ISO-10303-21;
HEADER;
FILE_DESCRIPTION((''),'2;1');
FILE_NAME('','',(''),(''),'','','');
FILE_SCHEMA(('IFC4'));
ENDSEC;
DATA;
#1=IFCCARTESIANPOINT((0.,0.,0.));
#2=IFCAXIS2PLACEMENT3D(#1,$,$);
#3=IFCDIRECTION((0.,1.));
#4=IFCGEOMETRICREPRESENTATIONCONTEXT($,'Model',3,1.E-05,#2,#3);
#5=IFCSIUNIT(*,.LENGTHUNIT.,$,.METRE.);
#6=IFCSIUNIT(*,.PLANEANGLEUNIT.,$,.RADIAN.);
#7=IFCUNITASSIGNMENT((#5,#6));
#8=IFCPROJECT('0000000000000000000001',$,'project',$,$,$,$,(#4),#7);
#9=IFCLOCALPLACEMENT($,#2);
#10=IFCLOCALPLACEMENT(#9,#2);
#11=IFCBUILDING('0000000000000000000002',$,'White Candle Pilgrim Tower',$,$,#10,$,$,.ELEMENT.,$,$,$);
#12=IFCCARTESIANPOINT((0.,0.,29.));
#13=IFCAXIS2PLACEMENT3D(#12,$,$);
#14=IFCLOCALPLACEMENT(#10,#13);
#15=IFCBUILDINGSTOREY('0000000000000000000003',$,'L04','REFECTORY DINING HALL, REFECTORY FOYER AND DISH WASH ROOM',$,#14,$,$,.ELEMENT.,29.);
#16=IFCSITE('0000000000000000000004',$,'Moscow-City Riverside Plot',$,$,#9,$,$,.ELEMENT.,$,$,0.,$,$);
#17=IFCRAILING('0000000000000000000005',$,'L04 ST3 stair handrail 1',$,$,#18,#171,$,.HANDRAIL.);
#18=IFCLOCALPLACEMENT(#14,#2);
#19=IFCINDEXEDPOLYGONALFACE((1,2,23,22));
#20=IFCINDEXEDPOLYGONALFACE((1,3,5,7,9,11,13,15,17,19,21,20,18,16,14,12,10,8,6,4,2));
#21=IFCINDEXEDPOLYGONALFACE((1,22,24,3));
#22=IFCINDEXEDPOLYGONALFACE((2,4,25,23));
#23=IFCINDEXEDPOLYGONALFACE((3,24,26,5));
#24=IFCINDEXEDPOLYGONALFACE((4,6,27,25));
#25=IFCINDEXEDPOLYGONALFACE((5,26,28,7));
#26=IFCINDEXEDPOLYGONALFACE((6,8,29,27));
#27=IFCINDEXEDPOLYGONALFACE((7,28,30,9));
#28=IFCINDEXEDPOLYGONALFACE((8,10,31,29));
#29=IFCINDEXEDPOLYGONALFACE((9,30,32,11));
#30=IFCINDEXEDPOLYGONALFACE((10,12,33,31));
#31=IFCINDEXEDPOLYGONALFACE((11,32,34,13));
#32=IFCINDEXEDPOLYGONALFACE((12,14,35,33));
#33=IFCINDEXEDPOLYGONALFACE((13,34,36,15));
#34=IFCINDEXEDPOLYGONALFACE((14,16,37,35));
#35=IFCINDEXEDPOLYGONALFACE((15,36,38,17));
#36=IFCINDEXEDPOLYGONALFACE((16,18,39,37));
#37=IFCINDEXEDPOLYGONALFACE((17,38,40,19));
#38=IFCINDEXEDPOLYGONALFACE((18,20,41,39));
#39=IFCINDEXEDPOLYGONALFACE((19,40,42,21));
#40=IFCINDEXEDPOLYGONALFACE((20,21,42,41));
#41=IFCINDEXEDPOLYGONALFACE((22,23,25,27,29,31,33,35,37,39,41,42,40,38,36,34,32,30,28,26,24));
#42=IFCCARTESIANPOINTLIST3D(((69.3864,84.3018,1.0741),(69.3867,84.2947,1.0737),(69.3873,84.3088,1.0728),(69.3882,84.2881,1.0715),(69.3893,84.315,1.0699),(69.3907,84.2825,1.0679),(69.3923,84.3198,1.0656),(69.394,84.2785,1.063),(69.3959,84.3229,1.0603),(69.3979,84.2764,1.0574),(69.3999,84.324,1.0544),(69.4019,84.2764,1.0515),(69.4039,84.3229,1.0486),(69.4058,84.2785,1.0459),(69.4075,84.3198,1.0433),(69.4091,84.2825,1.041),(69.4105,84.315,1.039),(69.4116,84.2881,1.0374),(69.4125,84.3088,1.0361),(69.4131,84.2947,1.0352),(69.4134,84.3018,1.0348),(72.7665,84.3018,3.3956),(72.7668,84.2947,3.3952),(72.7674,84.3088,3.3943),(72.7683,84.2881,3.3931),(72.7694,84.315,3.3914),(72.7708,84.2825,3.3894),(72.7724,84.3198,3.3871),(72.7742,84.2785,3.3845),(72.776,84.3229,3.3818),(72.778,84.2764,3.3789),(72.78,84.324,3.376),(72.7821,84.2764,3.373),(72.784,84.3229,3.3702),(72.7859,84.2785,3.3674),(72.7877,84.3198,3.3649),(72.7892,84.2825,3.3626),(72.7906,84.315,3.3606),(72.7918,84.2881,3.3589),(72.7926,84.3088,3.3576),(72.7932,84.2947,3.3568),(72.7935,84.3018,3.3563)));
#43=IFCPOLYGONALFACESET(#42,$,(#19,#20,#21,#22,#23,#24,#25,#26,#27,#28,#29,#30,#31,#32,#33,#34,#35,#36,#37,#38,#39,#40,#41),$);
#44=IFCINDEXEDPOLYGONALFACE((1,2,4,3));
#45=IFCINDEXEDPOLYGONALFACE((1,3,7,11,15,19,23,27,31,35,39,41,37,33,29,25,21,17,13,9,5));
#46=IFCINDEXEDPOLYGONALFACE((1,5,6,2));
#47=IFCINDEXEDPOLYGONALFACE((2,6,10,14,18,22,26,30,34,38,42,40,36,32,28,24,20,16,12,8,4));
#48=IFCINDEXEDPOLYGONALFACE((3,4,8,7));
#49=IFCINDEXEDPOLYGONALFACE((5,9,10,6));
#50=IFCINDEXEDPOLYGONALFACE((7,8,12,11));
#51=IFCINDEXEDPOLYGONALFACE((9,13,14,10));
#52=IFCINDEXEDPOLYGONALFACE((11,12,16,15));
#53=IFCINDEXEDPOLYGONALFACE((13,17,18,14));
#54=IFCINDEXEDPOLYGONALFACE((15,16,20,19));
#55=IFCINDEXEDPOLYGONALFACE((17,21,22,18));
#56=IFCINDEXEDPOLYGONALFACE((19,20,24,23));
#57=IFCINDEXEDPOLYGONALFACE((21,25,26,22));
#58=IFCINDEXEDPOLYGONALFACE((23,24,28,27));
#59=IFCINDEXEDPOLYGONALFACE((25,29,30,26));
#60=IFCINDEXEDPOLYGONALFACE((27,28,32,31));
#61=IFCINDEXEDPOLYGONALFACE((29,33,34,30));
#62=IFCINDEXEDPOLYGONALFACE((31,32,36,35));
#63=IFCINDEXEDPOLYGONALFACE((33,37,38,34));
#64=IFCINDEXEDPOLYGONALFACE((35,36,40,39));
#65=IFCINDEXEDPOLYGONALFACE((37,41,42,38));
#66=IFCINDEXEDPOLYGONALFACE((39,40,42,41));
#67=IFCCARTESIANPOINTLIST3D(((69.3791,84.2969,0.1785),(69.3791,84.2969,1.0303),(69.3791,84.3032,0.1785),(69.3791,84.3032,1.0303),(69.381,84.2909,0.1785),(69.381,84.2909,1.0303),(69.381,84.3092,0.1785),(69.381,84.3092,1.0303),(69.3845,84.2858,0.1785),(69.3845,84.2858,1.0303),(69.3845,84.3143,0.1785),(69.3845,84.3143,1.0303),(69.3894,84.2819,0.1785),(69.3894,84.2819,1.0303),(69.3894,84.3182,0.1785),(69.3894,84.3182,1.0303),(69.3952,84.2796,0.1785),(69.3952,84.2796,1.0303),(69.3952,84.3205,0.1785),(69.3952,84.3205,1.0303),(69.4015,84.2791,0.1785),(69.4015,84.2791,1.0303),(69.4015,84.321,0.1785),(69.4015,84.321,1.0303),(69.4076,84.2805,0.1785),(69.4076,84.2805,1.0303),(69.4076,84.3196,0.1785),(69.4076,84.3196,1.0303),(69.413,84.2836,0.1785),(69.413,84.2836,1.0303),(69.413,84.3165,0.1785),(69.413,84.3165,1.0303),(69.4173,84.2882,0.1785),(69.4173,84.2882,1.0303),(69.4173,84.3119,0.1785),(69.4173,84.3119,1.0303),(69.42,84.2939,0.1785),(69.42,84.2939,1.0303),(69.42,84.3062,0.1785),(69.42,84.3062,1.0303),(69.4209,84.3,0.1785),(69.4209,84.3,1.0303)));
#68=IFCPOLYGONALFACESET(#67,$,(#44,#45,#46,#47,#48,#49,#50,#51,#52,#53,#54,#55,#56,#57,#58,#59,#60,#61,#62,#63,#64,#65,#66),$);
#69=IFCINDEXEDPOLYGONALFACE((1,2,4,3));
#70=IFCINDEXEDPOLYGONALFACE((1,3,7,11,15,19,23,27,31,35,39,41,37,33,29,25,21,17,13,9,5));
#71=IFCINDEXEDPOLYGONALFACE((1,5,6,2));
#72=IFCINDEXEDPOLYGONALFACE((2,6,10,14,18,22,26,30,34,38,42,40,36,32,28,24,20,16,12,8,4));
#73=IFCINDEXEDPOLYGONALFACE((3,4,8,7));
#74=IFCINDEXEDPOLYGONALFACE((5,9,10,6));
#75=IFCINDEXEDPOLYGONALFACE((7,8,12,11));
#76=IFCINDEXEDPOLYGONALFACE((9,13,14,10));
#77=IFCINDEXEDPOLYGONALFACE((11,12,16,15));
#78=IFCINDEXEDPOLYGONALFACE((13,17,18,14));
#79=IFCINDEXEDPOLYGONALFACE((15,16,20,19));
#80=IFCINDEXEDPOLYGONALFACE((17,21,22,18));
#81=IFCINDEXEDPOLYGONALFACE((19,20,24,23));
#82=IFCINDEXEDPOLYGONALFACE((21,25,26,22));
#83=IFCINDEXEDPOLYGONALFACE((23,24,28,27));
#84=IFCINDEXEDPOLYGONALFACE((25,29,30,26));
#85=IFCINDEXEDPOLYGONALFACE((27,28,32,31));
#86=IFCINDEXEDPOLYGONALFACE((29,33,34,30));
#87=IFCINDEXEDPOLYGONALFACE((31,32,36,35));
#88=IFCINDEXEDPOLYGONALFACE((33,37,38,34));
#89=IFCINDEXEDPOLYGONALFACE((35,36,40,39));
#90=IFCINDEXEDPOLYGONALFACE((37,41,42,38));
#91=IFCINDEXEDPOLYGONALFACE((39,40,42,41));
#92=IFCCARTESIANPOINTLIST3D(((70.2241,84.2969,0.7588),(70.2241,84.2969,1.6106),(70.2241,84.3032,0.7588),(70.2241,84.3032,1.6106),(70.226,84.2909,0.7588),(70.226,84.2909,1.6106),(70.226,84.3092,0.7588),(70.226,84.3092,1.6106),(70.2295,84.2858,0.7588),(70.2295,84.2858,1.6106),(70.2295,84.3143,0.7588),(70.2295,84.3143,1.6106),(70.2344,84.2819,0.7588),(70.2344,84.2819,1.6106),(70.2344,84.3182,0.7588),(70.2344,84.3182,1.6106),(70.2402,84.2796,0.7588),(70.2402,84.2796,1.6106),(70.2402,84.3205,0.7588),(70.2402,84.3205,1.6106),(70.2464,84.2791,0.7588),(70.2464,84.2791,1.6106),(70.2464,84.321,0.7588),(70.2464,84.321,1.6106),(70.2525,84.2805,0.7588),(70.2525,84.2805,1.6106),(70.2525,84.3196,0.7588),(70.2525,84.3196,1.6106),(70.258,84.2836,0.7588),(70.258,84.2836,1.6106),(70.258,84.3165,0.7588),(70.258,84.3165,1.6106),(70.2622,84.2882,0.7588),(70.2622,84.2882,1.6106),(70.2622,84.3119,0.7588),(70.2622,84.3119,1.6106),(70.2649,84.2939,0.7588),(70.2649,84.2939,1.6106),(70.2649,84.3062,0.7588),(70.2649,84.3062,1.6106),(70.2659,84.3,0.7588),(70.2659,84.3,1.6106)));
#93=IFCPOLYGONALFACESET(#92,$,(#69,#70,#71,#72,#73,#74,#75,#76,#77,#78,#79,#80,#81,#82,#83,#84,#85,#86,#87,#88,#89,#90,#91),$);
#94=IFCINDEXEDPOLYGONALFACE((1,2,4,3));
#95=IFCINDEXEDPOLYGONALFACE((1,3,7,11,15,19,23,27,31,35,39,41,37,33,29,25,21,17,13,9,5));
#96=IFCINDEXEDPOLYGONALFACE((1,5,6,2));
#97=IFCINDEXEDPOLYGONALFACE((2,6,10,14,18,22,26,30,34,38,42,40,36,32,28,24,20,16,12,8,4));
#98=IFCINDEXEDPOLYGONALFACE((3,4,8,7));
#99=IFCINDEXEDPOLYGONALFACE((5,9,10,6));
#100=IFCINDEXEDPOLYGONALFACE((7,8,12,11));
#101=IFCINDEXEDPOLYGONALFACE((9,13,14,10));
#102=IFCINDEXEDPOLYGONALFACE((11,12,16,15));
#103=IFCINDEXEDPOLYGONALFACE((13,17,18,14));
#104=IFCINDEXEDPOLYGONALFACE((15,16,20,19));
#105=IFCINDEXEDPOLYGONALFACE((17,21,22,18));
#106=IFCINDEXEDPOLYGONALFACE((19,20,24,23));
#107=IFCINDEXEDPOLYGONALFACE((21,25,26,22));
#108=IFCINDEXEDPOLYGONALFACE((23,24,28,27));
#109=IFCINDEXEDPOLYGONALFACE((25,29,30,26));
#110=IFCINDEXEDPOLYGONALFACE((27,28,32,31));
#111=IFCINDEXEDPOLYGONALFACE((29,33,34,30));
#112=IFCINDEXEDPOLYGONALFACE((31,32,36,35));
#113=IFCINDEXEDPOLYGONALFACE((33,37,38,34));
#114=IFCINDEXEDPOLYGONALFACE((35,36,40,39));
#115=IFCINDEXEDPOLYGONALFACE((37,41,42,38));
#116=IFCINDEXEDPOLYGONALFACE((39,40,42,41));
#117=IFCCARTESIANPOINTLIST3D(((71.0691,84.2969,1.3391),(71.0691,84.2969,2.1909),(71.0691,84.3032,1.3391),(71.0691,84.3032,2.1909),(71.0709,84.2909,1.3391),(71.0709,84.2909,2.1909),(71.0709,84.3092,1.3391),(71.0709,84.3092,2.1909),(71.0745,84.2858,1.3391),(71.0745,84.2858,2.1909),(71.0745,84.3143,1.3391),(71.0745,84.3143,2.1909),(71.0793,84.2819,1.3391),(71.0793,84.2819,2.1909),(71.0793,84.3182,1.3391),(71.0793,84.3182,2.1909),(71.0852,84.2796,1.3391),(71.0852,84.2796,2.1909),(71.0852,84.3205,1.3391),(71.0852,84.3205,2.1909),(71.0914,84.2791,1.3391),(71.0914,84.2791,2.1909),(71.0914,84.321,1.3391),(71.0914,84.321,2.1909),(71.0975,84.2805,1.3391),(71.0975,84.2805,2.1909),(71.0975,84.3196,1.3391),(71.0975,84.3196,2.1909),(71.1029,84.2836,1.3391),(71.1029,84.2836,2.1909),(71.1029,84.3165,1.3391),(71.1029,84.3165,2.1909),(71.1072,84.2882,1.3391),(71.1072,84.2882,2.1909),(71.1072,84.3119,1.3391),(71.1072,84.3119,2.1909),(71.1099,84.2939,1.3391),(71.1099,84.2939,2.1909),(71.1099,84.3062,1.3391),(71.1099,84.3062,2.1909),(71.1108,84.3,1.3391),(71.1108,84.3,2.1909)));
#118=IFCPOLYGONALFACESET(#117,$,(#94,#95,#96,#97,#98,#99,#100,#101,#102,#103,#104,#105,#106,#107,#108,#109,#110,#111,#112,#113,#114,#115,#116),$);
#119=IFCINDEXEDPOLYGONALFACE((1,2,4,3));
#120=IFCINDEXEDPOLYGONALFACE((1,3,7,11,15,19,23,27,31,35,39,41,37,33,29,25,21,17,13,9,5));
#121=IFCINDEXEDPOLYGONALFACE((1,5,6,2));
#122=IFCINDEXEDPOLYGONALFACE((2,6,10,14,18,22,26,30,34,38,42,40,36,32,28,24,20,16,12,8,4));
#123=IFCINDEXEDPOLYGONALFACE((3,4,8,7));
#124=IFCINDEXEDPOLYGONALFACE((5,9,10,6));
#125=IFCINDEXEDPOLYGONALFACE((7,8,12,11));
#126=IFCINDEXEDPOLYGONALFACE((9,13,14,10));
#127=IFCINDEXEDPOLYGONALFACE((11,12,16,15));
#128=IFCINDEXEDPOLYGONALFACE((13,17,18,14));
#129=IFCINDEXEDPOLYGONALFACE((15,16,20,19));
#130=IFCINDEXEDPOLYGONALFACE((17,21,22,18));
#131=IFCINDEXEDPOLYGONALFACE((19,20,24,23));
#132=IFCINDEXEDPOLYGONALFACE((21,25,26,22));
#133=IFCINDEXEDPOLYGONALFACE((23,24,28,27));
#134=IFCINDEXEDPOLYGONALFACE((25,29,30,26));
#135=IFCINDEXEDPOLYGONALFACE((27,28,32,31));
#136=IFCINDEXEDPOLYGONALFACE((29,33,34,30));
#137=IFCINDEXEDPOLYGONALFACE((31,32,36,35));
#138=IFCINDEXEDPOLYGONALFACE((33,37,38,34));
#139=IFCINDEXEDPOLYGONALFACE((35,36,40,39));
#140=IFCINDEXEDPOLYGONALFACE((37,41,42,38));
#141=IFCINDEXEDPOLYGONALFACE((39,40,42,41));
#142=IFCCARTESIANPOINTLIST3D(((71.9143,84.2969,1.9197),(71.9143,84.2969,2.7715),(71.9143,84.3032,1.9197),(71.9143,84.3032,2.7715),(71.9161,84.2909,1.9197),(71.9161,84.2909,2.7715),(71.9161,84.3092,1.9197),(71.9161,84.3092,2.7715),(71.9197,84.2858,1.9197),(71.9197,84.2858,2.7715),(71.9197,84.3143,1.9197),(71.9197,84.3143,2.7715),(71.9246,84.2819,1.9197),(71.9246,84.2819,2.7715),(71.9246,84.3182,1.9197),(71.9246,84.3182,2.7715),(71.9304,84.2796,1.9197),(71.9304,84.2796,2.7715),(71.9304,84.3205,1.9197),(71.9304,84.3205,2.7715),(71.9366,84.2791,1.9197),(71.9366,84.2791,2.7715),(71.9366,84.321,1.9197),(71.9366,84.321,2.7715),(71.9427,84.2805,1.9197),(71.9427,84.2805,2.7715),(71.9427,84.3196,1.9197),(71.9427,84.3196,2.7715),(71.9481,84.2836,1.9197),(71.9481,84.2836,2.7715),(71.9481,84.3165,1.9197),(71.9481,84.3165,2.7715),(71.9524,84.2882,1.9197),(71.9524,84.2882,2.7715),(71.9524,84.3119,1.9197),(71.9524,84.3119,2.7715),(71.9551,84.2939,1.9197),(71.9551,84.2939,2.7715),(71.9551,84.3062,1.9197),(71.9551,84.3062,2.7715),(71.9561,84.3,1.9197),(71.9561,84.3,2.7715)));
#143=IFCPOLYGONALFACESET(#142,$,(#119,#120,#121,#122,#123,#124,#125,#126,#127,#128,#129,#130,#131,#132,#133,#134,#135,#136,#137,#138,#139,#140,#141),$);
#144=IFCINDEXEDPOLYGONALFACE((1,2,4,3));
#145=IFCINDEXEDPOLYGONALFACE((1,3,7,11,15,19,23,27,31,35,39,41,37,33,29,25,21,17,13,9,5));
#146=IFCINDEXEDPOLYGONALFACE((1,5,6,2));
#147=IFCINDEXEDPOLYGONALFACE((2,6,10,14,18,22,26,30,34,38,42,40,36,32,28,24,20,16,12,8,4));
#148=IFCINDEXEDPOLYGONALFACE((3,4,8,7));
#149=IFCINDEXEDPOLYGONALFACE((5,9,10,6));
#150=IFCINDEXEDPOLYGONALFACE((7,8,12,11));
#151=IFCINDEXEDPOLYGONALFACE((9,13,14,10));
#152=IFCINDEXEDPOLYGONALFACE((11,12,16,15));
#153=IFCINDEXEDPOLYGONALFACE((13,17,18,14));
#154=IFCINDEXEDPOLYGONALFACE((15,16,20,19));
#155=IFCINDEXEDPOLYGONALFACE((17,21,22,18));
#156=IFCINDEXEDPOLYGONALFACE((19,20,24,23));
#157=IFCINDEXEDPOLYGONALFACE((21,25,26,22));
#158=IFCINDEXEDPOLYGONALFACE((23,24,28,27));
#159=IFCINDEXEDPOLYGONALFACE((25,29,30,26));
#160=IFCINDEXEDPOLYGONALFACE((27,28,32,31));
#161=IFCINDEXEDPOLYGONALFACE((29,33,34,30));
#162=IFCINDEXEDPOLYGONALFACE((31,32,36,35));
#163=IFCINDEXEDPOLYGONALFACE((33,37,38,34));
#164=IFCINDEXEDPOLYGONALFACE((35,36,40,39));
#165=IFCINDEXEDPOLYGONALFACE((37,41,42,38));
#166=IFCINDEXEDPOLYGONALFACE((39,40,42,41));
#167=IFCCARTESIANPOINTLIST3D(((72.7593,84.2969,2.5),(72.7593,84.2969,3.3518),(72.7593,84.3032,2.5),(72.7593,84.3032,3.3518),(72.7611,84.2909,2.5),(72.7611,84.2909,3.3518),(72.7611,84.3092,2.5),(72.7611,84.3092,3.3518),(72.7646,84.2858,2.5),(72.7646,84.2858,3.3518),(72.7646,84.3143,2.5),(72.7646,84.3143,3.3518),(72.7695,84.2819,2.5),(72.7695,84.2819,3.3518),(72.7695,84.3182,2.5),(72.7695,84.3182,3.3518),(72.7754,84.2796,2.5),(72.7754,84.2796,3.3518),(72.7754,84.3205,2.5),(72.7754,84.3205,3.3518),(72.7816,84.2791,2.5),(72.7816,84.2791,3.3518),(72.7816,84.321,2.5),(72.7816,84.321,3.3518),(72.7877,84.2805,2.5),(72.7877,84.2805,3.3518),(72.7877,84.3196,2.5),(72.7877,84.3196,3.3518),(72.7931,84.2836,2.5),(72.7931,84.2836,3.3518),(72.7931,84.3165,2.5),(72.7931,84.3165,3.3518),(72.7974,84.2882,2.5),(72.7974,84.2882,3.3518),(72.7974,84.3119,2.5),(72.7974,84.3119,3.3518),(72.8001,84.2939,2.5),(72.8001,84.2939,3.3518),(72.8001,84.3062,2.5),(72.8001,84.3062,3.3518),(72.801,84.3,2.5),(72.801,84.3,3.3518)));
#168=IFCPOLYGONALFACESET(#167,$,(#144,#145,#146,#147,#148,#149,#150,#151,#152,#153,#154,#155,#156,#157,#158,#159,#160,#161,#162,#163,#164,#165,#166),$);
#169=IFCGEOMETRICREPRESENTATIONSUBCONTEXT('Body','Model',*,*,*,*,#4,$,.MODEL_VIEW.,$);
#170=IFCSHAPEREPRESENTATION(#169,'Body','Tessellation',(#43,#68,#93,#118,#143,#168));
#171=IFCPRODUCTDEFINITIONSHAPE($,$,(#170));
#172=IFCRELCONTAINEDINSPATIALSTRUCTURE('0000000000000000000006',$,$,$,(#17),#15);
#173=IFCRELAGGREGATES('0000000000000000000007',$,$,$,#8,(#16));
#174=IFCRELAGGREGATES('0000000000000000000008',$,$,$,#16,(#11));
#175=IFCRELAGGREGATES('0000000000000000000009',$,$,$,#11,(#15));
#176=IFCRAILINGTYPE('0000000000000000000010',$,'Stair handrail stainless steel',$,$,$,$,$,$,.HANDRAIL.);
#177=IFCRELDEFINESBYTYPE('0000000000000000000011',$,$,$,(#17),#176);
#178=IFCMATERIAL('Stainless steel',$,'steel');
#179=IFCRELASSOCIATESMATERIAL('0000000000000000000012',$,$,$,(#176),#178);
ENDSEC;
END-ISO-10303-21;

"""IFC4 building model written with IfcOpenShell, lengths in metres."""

from ifc_helpers import new_model, si_unit, direction, frame, origin, origin_2d, place, context, subcontext, project, spatial, circle, extrude, material, type_object, element, save


model = new_model("IFC4")

# Units and contexts
model_context = context("Model", 3, precision=1e-05, world=origin(), true_north=direction((0.0, 1.0)))
body_context = subcontext(model_context, "Body", "Model", "MODEL_VIEW")
ifc_project = project(units=[si_unit("LENGTHUNIT", "METRE"), si_unit("PLANEANGLEUNIT", "RADIAN")], contexts=[model_context])

# Site, building, storey
site_placement = place(None, origin())
site = spatial("IfcSite", under=ifc_project, at=site_placement, Name="Moscow-City Riverside Plot", CompositionType="ELEMENT", RefElevation=0.0)
building_placement = place(site_placement, origin())
building = spatial("IfcBuilding", under=site, at=building_placement, Name="White Candle Pilgrim Tower", CompositionType="ELEMENT")
storey_placement = place(building_placement, frame((0.0, 0.0, 29.0)))
storey = spatial("IfcBuildingStorey", under=building, at=storey_placement, Name="L04", Description="REFECTORY DINING HALL, REFECTORY FOYER AND DISH WASH ROOM", CompositionType="ELEMENT", Elevation=29.0)

# Railing
ifc_material_1 = material(Name="Stainless steel", Category="steel")
railing_type_1 = type_object("IfcRailingType", Name="Stair handrail stainless steel", PredefinedType="HANDRAIL", material=ifc_material_1)
railing_1_placement = place(storey_placement, frame((69.3999, 84.3, 0.1785)))
element("IfcRailing", 1, at=railing_1_placement, inside=storey, type_object=railing_type_1, Name="L04 ST3 stair handrail 1", PredefinedType="HANDRAIL", context=body_context, shape_type="SweptSolid", body=[
    extrude(circle(Radius=0.0239, at=origin_2d()), frame((0.0, 0.0, 0.876), z_axis=(0.824304, 0.0, 0.566147), x_axis=(0.0, 1.0, 0.0)), (0.0, 0.0, 1.0), 4.1006),
    extrude(circle(Radius=0.021, at=origin_2d()), origin(), (0.0, 0.0, 1.0), 0.8518),
    extrude(circle(Radius=0.021, at=origin_2d()), frame((0.845, 0.0, 0.5803)), (0.0, 0.0, 1.0), 0.8518),
    extrude(circle(Radius=0.021, at=origin_2d()), frame((1.6899, 0.0, 1.1606)), (0.0, 0.0, 1.0), 0.8518),
    extrude(circle(Radius=0.021, at=origin_2d()), frame((2.5352, 0.0, 1.7412)), (0.0, 0.0, 1.0), 0.8518),
    extrude(circle(Radius=0.021, at=origin_2d()), frame((3.3801, 0.0, 2.3215)), (0.0, 0.0, 1.0), 0.8518),
])

save(model, "model.ifc")
